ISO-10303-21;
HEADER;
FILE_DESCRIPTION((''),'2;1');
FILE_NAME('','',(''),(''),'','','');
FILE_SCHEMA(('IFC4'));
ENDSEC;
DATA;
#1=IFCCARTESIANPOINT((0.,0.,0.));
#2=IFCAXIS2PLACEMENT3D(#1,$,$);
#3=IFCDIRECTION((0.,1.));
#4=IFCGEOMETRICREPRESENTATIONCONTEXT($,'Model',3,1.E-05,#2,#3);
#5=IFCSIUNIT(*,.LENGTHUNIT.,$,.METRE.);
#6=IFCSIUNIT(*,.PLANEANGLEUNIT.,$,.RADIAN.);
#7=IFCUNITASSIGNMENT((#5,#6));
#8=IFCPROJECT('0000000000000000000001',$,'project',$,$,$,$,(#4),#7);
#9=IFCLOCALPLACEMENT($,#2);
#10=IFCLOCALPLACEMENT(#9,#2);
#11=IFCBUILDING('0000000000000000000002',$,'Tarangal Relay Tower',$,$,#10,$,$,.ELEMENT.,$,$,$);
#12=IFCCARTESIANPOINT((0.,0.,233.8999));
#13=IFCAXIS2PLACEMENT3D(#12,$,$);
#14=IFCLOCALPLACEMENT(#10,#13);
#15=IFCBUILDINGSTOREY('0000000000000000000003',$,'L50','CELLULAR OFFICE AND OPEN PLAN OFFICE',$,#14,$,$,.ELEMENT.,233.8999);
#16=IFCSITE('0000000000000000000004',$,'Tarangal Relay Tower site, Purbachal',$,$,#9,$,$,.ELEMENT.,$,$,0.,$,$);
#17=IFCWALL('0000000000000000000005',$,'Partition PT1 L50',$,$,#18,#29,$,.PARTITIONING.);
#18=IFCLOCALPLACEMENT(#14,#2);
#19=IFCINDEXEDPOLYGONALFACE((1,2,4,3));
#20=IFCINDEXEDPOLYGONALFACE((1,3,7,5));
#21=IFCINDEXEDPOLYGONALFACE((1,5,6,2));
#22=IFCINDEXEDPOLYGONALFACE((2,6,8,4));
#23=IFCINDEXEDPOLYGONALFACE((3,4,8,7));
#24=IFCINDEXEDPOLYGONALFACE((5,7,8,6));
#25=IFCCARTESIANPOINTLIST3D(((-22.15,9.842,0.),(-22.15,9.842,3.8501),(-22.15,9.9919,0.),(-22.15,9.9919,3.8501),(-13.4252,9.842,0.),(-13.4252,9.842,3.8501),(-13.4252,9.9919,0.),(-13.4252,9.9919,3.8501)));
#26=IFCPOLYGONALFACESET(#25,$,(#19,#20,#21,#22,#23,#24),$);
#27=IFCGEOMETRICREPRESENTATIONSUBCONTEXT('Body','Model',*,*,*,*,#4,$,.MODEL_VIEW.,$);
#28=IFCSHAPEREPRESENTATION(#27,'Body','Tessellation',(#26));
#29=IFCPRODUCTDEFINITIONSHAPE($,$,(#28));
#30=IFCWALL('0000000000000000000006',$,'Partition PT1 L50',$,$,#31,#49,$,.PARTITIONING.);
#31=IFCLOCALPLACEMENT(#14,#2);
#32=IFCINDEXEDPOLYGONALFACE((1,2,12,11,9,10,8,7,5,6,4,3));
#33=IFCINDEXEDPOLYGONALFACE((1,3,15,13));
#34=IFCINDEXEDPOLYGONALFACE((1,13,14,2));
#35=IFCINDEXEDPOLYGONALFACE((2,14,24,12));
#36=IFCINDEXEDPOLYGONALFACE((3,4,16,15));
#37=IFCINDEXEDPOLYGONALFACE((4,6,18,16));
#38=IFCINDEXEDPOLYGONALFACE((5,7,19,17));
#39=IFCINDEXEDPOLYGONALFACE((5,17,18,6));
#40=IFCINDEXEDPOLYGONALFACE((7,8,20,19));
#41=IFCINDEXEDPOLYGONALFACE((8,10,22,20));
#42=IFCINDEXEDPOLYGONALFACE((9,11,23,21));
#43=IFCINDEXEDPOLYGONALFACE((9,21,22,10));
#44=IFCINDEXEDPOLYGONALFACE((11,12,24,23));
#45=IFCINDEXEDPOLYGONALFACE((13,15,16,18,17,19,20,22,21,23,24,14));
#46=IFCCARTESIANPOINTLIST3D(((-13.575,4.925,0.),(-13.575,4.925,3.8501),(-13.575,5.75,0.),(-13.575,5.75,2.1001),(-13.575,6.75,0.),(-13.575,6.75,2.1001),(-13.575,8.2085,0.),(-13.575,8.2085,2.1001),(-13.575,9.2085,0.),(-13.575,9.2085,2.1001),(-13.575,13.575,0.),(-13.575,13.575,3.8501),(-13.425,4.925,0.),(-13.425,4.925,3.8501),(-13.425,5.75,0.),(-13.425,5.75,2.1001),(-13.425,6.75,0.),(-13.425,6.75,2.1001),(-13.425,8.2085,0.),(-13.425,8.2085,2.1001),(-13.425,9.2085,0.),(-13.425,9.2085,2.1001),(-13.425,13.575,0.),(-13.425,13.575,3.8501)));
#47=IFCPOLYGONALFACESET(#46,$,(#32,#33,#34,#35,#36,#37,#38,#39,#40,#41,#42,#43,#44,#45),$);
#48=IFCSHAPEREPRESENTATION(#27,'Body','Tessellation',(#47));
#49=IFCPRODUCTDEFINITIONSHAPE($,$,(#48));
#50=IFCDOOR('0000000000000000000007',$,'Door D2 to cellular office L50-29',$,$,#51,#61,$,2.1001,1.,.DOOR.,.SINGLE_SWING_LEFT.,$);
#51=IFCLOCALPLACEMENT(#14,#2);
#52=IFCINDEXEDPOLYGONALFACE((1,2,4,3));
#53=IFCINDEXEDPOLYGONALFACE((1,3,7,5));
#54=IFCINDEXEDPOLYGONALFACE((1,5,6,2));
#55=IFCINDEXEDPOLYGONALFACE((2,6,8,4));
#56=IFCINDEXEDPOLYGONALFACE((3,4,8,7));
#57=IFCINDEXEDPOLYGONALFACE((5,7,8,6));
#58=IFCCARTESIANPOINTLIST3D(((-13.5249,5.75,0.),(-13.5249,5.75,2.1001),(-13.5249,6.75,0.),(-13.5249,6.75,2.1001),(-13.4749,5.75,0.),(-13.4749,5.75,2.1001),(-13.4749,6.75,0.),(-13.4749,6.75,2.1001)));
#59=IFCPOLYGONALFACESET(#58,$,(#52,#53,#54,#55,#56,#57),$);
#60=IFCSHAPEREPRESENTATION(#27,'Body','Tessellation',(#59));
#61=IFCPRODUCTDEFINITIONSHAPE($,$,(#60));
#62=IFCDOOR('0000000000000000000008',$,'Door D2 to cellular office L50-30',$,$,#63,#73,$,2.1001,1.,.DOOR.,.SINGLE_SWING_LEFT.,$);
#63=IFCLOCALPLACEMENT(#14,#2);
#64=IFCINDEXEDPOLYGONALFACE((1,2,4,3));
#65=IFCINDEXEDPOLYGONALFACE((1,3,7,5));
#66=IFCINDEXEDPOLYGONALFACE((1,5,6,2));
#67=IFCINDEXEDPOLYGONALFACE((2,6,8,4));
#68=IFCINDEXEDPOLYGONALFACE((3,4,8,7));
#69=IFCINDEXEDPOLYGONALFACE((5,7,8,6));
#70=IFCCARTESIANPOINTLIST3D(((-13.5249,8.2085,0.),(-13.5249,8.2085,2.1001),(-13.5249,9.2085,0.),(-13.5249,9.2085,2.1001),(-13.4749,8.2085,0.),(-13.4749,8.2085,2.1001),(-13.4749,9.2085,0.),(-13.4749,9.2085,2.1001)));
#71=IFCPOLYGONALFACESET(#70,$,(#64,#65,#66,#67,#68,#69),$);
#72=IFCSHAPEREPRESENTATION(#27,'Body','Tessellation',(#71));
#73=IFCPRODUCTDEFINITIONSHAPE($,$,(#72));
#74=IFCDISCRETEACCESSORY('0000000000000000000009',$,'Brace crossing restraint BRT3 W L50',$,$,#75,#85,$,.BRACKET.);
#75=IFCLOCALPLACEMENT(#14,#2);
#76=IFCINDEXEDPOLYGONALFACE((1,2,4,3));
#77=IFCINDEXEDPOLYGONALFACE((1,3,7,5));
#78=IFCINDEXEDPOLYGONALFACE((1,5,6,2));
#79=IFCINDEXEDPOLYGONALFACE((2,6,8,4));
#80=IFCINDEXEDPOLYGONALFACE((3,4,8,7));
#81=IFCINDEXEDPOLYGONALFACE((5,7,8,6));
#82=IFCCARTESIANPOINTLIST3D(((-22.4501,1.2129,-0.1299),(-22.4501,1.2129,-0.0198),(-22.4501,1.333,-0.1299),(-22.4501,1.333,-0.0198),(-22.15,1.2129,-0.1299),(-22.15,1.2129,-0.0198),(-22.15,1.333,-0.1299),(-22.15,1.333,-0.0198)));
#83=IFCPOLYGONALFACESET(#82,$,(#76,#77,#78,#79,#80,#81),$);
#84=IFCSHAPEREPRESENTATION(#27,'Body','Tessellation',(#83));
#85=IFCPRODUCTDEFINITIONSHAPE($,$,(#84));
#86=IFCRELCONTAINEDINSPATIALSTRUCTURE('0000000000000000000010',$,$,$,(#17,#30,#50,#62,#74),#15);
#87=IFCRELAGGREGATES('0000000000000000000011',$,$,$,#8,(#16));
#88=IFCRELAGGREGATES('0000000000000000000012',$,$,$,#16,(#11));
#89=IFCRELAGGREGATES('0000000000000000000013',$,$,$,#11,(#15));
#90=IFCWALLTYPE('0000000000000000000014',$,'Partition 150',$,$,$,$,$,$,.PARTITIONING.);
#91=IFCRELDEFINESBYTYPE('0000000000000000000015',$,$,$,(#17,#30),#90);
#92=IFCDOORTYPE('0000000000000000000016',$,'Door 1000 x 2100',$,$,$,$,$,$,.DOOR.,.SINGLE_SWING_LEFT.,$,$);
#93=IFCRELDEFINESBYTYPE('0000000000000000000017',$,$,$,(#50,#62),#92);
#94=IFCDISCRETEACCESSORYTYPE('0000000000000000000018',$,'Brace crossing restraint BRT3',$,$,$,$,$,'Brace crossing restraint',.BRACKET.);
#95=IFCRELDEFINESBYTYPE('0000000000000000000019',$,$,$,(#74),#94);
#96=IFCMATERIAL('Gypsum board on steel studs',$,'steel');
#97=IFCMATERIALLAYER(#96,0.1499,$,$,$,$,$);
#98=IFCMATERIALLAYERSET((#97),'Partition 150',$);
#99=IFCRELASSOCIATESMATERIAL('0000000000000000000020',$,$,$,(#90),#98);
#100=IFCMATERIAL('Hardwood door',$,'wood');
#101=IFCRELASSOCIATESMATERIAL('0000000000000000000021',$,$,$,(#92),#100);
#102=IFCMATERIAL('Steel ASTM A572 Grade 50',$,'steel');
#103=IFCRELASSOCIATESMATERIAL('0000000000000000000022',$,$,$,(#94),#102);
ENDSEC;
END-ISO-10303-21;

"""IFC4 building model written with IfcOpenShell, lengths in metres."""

from ifc_helpers import new_model, si_unit, direction, frame, frame_2d, origin, origin_2d, place, context, subcontext, project, spatial, rectangle, extrude, material, layer, layer_set, type_object, element, fill, save


model = new_model("IFC4")

# Units and contexts
model_context = context("Model", 3, precision=1e-05, world=origin(), true_north=direction((0.0, 1.0)))
body_context = subcontext(model_context, "Body", "Model", "MODEL_VIEW")
ifc_project = project(units=[si_unit("LENGTHUNIT", "METRE"), si_unit("PLANEANGLEUNIT", "RADIAN")], contexts=[model_context])

# Site, building, storey
site_placement = place(None, origin())
site = spatial("IfcSite", under=ifc_project, at=site_placement, Name="Tarangal Relay Tower site, Purbachal", CompositionType="ELEMENT", RefElevation=0.0)
building_placement = place(site_placement, origin())
building = spatial("IfcBuilding", under=site, at=building_placement, Name="Tarangal Relay Tower", CompositionType="ELEMENT")
storey_placement = place(building_placement, frame((0.0, 0.0, 233.8999)))
storey = spatial("IfcBuildingStorey", under=building, at=storey_placement, Name="L50", Description="CELLULAR OFFICE AND OPEN PLAN OFFICE", CompositionType="ELEMENT", Elevation=233.8999)

# Shared definitions
ifc_material_1 = material(Name="Steel ASTM A572 Grade 50", Category="steel")

# Wall
ifc_material_2 = material(Name="Gypsum board on steel studs", Category="steel")
ifc_layer_1 = layer(ifc_material_2, 0.1499)
ifc_layer_set_1 = layer_set([ifc_layer_1], Name="Partition 150")
wall_type_1 = type_object("IfcWallType", Name="Partition 150", PredefinedType="PARTITIONING", material=ifc_layer_set_1)
wall_1_placement = place(storey_placement, frame((-22.1499, 9.917, 0.0), z_axis=(0.0, 0.0, 1.0), x_axis=(1.0, 0.0, 0.0)))
element("IfcWall", 1, at=wall_1_placement, inside=storey, type_object=wall_type_1, Name="Partition PT1 L50", PredefinedType="PARTITIONING", context=body_context, shape_type="SweptSolid", body=[
    extrude(rectangle(XDim=8.7249, YDim=0.1499, at=frame_2d((4.3623, 0.0))), origin(), (0.0, 0.0, 1.0), 3.8501),
])

# Wall, openings, doors
wall_2_placement = place(storey_placement, frame((-13.5, 4.925, 0.0), z_axis=(0.0, 0.0, 1.0), x_axis=(0.0, 1.0, 0.0)))
wall_2 = element("IfcWall", 2, at=wall_2_placement, inside=storey, type_object=wall_type_1, Name="Partition PT1 L50", PredefinedType="PARTITIONING", context=body_context, shape_type="SweptSolid", body=[
    extrude(rectangle(XDim=8.6499, YDim=0.1499, at=frame_2d((4.325, 0.0))), origin(), (0.0, 0.0, 1.0), 3.8501),
])
opening_1_placement = place(wall_2_placement, frame((0.825, 0.0, 0.0)))
opening_1 = element("IfcOpeningElement", 3, at=opening_1_placement, cuts=wall_2, PredefinedType="OPENING", context=body_context, shape_type="SweptSolid", body=[
    extrude(rectangle(XDim=1.0, YDim=2.1001, at=frame_2d((0.5, 1.05))), frame((0.0, 0.085, 0.0), z_axis=(0.0, -1.0, 0.0), x_axis=(1.0, 0.0, 0.0)), (0.0, 0.0, 1.0), 0.1699),
])
opening_2_placement = place(wall_2_placement, frame((3.2834, 0.0, 0.0)))
opening_2 = element("IfcOpeningElement", 4, at=opening_2_placement, cuts=wall_2, PredefinedType="OPENING", context=body_context, shape_type="SweptSolid", body=[
    extrude(rectangle(XDim=1.0, YDim=2.1001, at=frame_2d((0.5, 1.05))), frame((0.0, 0.085, 0.0), z_axis=(0.0, -1.0, 0.0), x_axis=(1.0, 0.0, 0.0)), (0.0, 0.0, 1.0), 0.1699),
])
ifc_material_3 = material(Name="Hardwood door", Category="wood")
door_type_1 = type_object("IfcDoorType", Name="Door 1000 x 2100", OperationType="SINGLE_SWING_LEFT", PredefinedType="DOOR", material=ifc_material_3)
door_1_placement = place(opening_1_placement, origin())
door_1 = element("IfcDoor", 5, at=door_1_placement, inside=storey, type_object=door_type_1, Name="Door D2 to cellular office L50-29", OperationType="SINGLE_SWING_LEFT", OverallHeight=2.1001, OverallWidth=1.0, PredefinedType="DOOR", context=body_context, shape_type="SweptSolid", body=[
    extrude(rectangle(XDim=1.0, YDim=2.1001, at=frame_2d((0.5, 1.05))), frame((0.0, 0.0249, 0.0), z_axis=(0.0, -1.0, 0.0), x_axis=(1.0, 0.0, 0.0)), (0.0, 0.0, 1.0), 0.05),
])
fill(opening_1, door_1)
door_2_placement = place(opening_2_placement, origin())
door_2 = element("IfcDoor", 6, at=door_2_placement, inside=storey, type_object=door_type_1, Name="Door D2 to cellular office L50-30", OperationType="SINGLE_SWING_LEFT", OverallHeight=2.1001, OverallWidth=1.0, PredefinedType="DOOR", context=body_context, shape_type="SweptSolid", body=[
    extrude(rectangle(XDim=1.0, YDim=2.1001, at=frame_2d((0.5, 1.05))), frame((0.0, 0.0249, 0.0), z_axis=(0.0, -1.0, 0.0), x_axis=(1.0, 0.0, 0.0)), (0.0, 0.0, 1.0), 0.05),
])
fill(opening_2, door_2)

# Discrete accessory
discrete_accessory_type = type_object("IfcDiscreteAccessoryType", Name="Brace crossing restraint BRT3", ElementType="Brace crossing restraint", PredefinedType="BRACKET", material=ifc_material_1)
discrete_accessory_placement = place(storey_placement, frame((-22.3, 1.2729, -0.1299), z_axis=(0.0, 0.0, 1.0), x_axis=(1.0, 0.0, 0.0)))
element("IfcDiscreteAccessory", 7, at=discrete_accessory_placement, inside=storey, type_object=discrete_accessory_type, Name="Brace crossing restraint BRT3 W L50", PredefinedType="BRACKET", context=body_context, shape_type="SweptSolid", body=[
    extrude(rectangle(XDim=0.3, YDim=0.1201, at=origin_2d()), origin(), (0.0, 0.0, 1.0), 0.1101),
])

save(model, "model.ifc")
